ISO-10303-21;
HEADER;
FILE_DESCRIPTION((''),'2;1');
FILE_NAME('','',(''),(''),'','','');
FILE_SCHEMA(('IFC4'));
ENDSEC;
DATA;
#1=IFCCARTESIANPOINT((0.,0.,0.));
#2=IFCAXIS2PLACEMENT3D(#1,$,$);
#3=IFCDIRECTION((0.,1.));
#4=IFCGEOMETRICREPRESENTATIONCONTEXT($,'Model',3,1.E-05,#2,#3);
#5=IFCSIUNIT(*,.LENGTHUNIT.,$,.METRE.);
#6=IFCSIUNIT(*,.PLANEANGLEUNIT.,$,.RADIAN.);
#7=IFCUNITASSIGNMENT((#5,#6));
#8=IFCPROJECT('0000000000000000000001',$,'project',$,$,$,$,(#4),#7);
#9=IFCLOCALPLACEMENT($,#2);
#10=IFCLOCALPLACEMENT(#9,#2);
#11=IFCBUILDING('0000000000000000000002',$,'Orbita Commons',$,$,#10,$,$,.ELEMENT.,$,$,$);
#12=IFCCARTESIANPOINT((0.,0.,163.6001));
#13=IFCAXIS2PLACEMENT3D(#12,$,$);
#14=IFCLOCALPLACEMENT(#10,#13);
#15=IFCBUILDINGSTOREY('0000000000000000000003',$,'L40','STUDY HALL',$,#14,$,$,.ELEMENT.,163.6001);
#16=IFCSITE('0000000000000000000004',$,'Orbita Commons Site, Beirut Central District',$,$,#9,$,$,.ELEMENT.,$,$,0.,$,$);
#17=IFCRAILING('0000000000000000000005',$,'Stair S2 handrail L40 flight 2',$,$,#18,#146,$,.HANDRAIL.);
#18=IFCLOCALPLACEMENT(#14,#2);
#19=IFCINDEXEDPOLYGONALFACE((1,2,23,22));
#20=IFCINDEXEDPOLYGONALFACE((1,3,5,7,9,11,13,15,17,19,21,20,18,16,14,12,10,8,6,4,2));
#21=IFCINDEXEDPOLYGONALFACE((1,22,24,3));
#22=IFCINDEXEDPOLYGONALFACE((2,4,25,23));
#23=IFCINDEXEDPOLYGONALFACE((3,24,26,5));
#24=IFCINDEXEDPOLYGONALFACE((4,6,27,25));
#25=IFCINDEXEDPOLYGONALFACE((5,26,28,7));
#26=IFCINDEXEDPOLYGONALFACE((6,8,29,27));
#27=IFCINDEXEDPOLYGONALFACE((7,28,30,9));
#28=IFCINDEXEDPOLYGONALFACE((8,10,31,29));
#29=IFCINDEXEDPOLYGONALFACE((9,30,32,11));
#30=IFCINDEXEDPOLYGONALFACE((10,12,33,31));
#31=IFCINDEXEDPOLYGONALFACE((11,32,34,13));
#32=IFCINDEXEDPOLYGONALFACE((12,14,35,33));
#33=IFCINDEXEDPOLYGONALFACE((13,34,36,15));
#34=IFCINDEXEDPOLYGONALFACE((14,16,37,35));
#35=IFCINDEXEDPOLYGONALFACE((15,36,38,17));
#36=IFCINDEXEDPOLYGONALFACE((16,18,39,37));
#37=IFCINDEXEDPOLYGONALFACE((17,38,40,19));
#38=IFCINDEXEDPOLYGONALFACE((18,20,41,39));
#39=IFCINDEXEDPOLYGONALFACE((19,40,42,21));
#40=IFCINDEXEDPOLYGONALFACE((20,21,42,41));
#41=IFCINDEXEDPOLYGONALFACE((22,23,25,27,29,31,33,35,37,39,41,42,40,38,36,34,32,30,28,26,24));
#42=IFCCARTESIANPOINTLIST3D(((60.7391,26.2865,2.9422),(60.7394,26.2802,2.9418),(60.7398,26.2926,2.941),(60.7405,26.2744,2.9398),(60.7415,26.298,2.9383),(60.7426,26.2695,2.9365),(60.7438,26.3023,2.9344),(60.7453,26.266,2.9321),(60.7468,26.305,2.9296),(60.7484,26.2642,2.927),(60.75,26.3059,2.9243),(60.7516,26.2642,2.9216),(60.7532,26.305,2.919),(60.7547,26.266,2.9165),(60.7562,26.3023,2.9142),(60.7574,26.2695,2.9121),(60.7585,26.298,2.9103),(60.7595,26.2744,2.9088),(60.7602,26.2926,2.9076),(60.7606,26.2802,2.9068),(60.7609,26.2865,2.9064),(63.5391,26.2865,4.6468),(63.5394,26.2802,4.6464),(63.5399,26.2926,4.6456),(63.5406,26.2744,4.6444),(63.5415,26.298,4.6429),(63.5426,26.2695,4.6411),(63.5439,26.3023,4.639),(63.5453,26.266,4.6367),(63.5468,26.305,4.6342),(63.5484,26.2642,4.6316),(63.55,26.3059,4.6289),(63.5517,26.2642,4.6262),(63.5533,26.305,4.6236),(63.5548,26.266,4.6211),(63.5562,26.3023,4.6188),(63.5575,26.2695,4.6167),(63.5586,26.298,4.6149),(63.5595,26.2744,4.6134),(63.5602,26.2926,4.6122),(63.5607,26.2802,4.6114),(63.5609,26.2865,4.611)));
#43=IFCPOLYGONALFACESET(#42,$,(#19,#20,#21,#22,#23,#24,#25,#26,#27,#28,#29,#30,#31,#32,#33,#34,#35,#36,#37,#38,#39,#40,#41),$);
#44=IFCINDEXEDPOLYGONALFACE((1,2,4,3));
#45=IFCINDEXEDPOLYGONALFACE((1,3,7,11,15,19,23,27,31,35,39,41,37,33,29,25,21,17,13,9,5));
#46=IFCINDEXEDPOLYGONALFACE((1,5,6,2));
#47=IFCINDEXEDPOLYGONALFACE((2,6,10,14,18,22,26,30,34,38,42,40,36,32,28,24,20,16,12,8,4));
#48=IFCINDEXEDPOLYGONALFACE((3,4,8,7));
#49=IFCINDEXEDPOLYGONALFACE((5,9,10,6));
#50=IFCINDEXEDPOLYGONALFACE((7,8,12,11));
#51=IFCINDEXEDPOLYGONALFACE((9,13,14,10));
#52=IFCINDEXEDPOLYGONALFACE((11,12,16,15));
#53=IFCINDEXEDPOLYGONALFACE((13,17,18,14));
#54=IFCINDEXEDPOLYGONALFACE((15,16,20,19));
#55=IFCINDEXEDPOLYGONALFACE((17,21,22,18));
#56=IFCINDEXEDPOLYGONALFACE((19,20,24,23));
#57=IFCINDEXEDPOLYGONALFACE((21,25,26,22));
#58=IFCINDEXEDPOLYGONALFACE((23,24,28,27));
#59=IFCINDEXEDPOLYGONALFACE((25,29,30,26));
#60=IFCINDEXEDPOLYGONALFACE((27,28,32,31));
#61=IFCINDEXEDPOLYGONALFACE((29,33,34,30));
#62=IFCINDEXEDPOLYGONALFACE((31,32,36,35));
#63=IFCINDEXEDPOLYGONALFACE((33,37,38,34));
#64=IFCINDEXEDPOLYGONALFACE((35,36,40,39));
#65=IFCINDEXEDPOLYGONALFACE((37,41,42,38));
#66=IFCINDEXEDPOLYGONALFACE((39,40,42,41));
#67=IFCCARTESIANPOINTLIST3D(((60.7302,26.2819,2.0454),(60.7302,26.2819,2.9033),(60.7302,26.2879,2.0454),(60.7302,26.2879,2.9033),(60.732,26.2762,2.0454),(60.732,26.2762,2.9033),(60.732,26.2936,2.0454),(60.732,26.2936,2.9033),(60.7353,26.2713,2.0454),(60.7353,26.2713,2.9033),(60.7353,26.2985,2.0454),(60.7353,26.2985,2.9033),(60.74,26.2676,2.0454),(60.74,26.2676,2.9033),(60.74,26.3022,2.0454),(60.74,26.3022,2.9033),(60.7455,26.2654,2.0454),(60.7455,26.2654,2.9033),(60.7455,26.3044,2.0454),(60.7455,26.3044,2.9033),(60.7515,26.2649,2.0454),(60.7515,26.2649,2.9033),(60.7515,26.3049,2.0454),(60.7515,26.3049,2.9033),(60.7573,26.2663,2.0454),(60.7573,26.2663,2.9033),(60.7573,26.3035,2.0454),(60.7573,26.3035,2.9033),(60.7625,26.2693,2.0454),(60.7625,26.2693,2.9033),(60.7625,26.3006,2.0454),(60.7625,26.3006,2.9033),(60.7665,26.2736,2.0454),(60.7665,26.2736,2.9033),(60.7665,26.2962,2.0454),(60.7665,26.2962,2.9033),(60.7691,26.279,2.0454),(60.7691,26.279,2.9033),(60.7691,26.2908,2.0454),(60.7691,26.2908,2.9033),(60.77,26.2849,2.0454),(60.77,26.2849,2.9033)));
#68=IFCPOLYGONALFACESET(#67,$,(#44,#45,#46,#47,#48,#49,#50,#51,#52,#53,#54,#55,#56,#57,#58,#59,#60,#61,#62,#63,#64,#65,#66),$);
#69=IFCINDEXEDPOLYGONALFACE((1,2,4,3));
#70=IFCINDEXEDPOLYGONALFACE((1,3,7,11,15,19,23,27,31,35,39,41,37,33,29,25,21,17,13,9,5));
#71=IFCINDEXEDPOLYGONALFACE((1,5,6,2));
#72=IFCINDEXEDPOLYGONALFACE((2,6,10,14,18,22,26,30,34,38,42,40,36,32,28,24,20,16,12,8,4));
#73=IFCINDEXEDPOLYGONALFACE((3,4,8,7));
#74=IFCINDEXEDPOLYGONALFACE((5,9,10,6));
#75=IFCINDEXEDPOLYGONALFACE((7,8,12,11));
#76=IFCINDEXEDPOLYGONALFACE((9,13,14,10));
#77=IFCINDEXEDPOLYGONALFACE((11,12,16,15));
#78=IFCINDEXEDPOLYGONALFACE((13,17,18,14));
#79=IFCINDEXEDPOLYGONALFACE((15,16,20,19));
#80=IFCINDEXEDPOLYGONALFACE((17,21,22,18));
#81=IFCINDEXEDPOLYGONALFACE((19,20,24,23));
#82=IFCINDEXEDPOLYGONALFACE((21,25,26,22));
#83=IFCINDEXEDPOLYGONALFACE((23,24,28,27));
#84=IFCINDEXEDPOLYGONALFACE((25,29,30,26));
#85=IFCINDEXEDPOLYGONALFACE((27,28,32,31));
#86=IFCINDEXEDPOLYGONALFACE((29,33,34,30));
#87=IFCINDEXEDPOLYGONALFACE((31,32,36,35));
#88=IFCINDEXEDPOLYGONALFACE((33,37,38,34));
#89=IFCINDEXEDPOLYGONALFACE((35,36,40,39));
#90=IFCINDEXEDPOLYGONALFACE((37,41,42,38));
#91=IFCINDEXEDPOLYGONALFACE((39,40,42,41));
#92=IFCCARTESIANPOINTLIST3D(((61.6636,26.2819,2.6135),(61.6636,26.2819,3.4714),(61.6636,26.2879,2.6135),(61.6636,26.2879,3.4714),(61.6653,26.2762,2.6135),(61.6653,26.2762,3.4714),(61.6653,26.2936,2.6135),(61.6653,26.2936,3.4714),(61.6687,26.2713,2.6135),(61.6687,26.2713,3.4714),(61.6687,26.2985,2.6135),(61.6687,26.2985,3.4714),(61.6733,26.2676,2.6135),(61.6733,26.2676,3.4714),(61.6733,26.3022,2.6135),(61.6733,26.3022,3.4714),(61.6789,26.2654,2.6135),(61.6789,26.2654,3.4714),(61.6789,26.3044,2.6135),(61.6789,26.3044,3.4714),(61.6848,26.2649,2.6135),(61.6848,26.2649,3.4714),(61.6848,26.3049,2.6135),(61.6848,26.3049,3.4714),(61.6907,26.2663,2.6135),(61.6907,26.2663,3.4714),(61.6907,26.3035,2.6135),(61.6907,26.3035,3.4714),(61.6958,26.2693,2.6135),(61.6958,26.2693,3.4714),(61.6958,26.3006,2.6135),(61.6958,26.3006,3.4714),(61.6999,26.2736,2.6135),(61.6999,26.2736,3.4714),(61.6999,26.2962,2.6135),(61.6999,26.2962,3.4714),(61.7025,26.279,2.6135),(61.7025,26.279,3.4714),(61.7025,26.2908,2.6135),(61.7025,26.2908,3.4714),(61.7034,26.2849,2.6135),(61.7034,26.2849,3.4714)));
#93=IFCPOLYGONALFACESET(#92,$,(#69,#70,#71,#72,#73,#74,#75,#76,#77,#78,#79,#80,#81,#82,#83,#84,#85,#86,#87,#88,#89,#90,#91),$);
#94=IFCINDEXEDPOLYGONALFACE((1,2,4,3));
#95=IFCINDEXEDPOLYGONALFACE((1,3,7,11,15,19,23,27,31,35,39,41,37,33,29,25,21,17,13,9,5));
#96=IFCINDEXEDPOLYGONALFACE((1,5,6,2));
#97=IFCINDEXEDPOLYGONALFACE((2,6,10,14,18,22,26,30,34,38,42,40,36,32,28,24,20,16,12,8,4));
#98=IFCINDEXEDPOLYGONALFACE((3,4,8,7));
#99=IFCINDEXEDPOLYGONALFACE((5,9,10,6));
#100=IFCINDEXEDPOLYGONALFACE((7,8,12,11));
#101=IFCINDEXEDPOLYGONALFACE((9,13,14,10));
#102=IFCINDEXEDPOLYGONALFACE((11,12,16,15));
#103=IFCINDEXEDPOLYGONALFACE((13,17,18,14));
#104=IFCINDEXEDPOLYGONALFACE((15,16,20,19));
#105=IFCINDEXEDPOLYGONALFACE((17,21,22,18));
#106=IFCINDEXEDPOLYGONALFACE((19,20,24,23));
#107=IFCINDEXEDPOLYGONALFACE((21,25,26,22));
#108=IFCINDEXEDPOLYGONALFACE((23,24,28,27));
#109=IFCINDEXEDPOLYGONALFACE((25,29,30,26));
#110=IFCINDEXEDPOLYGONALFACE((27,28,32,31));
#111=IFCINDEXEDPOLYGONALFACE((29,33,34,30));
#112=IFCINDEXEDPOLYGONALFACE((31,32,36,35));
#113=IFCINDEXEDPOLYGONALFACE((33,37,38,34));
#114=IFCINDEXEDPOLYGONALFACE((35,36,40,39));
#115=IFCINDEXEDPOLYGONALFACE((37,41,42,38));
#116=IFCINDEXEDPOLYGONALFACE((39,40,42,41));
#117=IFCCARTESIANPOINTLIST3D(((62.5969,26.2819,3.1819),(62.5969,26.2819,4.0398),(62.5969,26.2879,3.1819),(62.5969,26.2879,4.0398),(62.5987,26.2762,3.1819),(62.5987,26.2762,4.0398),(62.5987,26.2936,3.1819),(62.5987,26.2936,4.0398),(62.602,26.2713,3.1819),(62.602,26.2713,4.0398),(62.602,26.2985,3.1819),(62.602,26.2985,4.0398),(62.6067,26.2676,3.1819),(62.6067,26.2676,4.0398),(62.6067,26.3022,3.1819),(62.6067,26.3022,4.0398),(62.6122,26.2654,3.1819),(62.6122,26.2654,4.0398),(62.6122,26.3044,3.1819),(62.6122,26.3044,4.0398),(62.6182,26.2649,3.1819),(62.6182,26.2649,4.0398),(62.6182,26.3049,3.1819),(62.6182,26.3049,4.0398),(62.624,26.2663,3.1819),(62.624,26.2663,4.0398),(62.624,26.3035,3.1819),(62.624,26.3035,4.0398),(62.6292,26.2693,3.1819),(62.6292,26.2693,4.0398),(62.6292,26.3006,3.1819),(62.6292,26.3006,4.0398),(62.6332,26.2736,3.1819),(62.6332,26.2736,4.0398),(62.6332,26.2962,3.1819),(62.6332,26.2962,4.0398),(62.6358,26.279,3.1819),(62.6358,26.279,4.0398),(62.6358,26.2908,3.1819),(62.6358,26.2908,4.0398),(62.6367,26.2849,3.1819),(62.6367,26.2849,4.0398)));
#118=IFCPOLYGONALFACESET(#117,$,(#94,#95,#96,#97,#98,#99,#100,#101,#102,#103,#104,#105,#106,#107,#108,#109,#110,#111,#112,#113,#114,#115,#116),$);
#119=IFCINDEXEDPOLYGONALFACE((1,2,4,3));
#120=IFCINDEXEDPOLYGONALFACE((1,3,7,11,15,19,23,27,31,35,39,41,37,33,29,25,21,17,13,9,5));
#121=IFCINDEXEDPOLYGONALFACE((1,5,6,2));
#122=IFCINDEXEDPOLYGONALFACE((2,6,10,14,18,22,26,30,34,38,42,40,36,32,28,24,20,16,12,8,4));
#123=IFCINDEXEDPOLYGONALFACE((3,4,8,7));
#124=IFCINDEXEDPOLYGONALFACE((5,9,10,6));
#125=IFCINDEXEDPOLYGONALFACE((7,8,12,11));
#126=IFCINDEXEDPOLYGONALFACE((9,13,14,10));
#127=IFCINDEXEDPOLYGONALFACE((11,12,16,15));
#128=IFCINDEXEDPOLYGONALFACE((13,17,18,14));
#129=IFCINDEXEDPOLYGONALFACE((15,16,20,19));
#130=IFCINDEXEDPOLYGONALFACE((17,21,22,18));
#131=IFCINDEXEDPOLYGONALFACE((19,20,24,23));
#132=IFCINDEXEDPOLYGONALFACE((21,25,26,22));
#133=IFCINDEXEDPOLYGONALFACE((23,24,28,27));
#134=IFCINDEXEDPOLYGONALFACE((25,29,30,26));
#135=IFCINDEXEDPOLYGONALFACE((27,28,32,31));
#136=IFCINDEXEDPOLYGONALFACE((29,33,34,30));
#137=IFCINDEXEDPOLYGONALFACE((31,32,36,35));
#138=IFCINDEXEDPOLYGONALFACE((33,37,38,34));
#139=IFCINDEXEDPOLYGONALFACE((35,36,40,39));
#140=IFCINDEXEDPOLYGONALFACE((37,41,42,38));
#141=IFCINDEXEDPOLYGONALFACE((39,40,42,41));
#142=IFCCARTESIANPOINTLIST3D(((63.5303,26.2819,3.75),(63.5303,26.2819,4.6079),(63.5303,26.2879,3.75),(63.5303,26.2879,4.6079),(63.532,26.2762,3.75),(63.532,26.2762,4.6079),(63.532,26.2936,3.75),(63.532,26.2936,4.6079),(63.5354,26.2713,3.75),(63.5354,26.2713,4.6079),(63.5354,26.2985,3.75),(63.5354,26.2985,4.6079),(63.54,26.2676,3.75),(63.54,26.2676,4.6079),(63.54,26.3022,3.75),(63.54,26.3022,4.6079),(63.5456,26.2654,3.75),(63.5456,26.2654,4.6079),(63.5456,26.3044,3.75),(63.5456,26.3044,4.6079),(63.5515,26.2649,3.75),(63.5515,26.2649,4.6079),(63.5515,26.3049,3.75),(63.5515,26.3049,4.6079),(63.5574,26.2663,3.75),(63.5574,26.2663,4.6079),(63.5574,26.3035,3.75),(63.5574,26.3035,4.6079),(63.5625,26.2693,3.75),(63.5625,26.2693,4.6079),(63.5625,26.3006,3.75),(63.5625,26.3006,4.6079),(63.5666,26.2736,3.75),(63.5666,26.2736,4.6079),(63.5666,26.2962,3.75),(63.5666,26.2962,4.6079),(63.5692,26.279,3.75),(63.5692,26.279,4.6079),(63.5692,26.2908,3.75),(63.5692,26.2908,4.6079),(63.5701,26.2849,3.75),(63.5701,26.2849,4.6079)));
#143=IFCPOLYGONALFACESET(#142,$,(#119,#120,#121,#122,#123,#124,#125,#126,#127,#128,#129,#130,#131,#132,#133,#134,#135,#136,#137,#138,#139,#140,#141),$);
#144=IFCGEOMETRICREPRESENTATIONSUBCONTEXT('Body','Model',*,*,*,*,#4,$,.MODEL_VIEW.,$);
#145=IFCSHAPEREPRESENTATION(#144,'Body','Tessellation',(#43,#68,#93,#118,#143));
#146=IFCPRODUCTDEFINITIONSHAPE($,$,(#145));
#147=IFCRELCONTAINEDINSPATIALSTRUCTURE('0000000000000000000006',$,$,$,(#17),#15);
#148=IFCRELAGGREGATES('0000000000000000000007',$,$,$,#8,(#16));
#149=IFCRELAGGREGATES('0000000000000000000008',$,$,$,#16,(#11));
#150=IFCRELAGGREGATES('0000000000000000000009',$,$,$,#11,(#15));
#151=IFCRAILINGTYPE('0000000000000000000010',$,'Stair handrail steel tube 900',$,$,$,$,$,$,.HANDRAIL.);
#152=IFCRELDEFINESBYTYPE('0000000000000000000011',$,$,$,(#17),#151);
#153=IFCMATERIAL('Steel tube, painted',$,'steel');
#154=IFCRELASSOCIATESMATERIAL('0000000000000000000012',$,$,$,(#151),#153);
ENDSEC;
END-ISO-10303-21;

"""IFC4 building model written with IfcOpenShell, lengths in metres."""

from ifc_helpers import new_model, si_unit, direction, frame, origin, origin_2d, place, context, subcontext, project, spatial, circle, extrude, material, type_object, element, save


model = new_model("IFC4")

# Units and contexts
model_context = context("Model", 3, precision=1e-05, world=origin(), true_north=direction((0.0, 1.0)))
body_context = subcontext(model_context, "Body", "Model", "MODEL_VIEW")
ifc_project = project(units=[si_unit("LENGTHUNIT", "METRE"), si_unit("PLANEANGLEUNIT", "RADIAN")], contexts=[model_context])

# Site, building, storey
site_placement = place(None, origin())
site = spatial("IfcSite", under=ifc_project, at=site_placement, Name="Orbita Commons Site, Beirut Central District", CompositionType="ELEMENT", RefElevation=0.0)
building_placement = place(site_placement, origin())
building = spatial("IfcBuilding", under=site, at=building_placement, Name="Orbita Commons", CompositionType="ELEMENT")
storey_placement = place(building_placement, frame((0.0, 0.0, 163.6001)))
storey = spatial("IfcBuildingStorey", under=building, at=storey_placement, Name="L40", Description="STUDY HALL", CompositionType="ELEMENT", Elevation=163.6001)

# Railing
ifc_material_1 = material(Name="Steel tube, painted", Category="steel")
railing_type = type_object("IfcRailingType", Name="Stair handrail steel tube 900", PredefinedType="HANDRAIL", material=ifc_material_1)
for number, where, name in (
    (1, (60.75, 26.2849, 2.0454), "Stair S2 handrail L40 flight 2"),
):
    element("IfcRailing", number, at=place(storey_placement, frame(where)), inside=storey, type_object=railing_type, Name=name, PredefinedType="HANDRAIL", context=body_context, shape_type="SweptSolid", body=[
        extrude(circle(Radius=0.021, at=origin_2d()), frame((0.0, 0.0, 0.8789), z_axis=(0.85417, 0.0, 0.519994), x_axis=(0.0, 1.0, 0.0)), (0.0, 0.0, 1.0), 3.2781),
        extrude(circle(Radius=0.02, at=origin_2d()), origin(), (0.0, 0.0, 1.0), 0.8579),
        extrude(circle(Radius=0.02, at=origin_2d()), frame((0.9333, 0.0, 0.5681)), (0.0, 0.0, 1.0), 0.8579),
        extrude(circle(Radius=0.02, at=origin_2d()), frame((1.8667, 0.0, 1.1365)), (0.0, 0.0, 1.0), 0.8579),
        extrude(circle(Radius=0.02, at=origin_2d()), frame((2.8, 0.0, 1.7046)), (0.0, 0.0, 1.0), 0.8579),
    ])

save(model, "model.ifc")
